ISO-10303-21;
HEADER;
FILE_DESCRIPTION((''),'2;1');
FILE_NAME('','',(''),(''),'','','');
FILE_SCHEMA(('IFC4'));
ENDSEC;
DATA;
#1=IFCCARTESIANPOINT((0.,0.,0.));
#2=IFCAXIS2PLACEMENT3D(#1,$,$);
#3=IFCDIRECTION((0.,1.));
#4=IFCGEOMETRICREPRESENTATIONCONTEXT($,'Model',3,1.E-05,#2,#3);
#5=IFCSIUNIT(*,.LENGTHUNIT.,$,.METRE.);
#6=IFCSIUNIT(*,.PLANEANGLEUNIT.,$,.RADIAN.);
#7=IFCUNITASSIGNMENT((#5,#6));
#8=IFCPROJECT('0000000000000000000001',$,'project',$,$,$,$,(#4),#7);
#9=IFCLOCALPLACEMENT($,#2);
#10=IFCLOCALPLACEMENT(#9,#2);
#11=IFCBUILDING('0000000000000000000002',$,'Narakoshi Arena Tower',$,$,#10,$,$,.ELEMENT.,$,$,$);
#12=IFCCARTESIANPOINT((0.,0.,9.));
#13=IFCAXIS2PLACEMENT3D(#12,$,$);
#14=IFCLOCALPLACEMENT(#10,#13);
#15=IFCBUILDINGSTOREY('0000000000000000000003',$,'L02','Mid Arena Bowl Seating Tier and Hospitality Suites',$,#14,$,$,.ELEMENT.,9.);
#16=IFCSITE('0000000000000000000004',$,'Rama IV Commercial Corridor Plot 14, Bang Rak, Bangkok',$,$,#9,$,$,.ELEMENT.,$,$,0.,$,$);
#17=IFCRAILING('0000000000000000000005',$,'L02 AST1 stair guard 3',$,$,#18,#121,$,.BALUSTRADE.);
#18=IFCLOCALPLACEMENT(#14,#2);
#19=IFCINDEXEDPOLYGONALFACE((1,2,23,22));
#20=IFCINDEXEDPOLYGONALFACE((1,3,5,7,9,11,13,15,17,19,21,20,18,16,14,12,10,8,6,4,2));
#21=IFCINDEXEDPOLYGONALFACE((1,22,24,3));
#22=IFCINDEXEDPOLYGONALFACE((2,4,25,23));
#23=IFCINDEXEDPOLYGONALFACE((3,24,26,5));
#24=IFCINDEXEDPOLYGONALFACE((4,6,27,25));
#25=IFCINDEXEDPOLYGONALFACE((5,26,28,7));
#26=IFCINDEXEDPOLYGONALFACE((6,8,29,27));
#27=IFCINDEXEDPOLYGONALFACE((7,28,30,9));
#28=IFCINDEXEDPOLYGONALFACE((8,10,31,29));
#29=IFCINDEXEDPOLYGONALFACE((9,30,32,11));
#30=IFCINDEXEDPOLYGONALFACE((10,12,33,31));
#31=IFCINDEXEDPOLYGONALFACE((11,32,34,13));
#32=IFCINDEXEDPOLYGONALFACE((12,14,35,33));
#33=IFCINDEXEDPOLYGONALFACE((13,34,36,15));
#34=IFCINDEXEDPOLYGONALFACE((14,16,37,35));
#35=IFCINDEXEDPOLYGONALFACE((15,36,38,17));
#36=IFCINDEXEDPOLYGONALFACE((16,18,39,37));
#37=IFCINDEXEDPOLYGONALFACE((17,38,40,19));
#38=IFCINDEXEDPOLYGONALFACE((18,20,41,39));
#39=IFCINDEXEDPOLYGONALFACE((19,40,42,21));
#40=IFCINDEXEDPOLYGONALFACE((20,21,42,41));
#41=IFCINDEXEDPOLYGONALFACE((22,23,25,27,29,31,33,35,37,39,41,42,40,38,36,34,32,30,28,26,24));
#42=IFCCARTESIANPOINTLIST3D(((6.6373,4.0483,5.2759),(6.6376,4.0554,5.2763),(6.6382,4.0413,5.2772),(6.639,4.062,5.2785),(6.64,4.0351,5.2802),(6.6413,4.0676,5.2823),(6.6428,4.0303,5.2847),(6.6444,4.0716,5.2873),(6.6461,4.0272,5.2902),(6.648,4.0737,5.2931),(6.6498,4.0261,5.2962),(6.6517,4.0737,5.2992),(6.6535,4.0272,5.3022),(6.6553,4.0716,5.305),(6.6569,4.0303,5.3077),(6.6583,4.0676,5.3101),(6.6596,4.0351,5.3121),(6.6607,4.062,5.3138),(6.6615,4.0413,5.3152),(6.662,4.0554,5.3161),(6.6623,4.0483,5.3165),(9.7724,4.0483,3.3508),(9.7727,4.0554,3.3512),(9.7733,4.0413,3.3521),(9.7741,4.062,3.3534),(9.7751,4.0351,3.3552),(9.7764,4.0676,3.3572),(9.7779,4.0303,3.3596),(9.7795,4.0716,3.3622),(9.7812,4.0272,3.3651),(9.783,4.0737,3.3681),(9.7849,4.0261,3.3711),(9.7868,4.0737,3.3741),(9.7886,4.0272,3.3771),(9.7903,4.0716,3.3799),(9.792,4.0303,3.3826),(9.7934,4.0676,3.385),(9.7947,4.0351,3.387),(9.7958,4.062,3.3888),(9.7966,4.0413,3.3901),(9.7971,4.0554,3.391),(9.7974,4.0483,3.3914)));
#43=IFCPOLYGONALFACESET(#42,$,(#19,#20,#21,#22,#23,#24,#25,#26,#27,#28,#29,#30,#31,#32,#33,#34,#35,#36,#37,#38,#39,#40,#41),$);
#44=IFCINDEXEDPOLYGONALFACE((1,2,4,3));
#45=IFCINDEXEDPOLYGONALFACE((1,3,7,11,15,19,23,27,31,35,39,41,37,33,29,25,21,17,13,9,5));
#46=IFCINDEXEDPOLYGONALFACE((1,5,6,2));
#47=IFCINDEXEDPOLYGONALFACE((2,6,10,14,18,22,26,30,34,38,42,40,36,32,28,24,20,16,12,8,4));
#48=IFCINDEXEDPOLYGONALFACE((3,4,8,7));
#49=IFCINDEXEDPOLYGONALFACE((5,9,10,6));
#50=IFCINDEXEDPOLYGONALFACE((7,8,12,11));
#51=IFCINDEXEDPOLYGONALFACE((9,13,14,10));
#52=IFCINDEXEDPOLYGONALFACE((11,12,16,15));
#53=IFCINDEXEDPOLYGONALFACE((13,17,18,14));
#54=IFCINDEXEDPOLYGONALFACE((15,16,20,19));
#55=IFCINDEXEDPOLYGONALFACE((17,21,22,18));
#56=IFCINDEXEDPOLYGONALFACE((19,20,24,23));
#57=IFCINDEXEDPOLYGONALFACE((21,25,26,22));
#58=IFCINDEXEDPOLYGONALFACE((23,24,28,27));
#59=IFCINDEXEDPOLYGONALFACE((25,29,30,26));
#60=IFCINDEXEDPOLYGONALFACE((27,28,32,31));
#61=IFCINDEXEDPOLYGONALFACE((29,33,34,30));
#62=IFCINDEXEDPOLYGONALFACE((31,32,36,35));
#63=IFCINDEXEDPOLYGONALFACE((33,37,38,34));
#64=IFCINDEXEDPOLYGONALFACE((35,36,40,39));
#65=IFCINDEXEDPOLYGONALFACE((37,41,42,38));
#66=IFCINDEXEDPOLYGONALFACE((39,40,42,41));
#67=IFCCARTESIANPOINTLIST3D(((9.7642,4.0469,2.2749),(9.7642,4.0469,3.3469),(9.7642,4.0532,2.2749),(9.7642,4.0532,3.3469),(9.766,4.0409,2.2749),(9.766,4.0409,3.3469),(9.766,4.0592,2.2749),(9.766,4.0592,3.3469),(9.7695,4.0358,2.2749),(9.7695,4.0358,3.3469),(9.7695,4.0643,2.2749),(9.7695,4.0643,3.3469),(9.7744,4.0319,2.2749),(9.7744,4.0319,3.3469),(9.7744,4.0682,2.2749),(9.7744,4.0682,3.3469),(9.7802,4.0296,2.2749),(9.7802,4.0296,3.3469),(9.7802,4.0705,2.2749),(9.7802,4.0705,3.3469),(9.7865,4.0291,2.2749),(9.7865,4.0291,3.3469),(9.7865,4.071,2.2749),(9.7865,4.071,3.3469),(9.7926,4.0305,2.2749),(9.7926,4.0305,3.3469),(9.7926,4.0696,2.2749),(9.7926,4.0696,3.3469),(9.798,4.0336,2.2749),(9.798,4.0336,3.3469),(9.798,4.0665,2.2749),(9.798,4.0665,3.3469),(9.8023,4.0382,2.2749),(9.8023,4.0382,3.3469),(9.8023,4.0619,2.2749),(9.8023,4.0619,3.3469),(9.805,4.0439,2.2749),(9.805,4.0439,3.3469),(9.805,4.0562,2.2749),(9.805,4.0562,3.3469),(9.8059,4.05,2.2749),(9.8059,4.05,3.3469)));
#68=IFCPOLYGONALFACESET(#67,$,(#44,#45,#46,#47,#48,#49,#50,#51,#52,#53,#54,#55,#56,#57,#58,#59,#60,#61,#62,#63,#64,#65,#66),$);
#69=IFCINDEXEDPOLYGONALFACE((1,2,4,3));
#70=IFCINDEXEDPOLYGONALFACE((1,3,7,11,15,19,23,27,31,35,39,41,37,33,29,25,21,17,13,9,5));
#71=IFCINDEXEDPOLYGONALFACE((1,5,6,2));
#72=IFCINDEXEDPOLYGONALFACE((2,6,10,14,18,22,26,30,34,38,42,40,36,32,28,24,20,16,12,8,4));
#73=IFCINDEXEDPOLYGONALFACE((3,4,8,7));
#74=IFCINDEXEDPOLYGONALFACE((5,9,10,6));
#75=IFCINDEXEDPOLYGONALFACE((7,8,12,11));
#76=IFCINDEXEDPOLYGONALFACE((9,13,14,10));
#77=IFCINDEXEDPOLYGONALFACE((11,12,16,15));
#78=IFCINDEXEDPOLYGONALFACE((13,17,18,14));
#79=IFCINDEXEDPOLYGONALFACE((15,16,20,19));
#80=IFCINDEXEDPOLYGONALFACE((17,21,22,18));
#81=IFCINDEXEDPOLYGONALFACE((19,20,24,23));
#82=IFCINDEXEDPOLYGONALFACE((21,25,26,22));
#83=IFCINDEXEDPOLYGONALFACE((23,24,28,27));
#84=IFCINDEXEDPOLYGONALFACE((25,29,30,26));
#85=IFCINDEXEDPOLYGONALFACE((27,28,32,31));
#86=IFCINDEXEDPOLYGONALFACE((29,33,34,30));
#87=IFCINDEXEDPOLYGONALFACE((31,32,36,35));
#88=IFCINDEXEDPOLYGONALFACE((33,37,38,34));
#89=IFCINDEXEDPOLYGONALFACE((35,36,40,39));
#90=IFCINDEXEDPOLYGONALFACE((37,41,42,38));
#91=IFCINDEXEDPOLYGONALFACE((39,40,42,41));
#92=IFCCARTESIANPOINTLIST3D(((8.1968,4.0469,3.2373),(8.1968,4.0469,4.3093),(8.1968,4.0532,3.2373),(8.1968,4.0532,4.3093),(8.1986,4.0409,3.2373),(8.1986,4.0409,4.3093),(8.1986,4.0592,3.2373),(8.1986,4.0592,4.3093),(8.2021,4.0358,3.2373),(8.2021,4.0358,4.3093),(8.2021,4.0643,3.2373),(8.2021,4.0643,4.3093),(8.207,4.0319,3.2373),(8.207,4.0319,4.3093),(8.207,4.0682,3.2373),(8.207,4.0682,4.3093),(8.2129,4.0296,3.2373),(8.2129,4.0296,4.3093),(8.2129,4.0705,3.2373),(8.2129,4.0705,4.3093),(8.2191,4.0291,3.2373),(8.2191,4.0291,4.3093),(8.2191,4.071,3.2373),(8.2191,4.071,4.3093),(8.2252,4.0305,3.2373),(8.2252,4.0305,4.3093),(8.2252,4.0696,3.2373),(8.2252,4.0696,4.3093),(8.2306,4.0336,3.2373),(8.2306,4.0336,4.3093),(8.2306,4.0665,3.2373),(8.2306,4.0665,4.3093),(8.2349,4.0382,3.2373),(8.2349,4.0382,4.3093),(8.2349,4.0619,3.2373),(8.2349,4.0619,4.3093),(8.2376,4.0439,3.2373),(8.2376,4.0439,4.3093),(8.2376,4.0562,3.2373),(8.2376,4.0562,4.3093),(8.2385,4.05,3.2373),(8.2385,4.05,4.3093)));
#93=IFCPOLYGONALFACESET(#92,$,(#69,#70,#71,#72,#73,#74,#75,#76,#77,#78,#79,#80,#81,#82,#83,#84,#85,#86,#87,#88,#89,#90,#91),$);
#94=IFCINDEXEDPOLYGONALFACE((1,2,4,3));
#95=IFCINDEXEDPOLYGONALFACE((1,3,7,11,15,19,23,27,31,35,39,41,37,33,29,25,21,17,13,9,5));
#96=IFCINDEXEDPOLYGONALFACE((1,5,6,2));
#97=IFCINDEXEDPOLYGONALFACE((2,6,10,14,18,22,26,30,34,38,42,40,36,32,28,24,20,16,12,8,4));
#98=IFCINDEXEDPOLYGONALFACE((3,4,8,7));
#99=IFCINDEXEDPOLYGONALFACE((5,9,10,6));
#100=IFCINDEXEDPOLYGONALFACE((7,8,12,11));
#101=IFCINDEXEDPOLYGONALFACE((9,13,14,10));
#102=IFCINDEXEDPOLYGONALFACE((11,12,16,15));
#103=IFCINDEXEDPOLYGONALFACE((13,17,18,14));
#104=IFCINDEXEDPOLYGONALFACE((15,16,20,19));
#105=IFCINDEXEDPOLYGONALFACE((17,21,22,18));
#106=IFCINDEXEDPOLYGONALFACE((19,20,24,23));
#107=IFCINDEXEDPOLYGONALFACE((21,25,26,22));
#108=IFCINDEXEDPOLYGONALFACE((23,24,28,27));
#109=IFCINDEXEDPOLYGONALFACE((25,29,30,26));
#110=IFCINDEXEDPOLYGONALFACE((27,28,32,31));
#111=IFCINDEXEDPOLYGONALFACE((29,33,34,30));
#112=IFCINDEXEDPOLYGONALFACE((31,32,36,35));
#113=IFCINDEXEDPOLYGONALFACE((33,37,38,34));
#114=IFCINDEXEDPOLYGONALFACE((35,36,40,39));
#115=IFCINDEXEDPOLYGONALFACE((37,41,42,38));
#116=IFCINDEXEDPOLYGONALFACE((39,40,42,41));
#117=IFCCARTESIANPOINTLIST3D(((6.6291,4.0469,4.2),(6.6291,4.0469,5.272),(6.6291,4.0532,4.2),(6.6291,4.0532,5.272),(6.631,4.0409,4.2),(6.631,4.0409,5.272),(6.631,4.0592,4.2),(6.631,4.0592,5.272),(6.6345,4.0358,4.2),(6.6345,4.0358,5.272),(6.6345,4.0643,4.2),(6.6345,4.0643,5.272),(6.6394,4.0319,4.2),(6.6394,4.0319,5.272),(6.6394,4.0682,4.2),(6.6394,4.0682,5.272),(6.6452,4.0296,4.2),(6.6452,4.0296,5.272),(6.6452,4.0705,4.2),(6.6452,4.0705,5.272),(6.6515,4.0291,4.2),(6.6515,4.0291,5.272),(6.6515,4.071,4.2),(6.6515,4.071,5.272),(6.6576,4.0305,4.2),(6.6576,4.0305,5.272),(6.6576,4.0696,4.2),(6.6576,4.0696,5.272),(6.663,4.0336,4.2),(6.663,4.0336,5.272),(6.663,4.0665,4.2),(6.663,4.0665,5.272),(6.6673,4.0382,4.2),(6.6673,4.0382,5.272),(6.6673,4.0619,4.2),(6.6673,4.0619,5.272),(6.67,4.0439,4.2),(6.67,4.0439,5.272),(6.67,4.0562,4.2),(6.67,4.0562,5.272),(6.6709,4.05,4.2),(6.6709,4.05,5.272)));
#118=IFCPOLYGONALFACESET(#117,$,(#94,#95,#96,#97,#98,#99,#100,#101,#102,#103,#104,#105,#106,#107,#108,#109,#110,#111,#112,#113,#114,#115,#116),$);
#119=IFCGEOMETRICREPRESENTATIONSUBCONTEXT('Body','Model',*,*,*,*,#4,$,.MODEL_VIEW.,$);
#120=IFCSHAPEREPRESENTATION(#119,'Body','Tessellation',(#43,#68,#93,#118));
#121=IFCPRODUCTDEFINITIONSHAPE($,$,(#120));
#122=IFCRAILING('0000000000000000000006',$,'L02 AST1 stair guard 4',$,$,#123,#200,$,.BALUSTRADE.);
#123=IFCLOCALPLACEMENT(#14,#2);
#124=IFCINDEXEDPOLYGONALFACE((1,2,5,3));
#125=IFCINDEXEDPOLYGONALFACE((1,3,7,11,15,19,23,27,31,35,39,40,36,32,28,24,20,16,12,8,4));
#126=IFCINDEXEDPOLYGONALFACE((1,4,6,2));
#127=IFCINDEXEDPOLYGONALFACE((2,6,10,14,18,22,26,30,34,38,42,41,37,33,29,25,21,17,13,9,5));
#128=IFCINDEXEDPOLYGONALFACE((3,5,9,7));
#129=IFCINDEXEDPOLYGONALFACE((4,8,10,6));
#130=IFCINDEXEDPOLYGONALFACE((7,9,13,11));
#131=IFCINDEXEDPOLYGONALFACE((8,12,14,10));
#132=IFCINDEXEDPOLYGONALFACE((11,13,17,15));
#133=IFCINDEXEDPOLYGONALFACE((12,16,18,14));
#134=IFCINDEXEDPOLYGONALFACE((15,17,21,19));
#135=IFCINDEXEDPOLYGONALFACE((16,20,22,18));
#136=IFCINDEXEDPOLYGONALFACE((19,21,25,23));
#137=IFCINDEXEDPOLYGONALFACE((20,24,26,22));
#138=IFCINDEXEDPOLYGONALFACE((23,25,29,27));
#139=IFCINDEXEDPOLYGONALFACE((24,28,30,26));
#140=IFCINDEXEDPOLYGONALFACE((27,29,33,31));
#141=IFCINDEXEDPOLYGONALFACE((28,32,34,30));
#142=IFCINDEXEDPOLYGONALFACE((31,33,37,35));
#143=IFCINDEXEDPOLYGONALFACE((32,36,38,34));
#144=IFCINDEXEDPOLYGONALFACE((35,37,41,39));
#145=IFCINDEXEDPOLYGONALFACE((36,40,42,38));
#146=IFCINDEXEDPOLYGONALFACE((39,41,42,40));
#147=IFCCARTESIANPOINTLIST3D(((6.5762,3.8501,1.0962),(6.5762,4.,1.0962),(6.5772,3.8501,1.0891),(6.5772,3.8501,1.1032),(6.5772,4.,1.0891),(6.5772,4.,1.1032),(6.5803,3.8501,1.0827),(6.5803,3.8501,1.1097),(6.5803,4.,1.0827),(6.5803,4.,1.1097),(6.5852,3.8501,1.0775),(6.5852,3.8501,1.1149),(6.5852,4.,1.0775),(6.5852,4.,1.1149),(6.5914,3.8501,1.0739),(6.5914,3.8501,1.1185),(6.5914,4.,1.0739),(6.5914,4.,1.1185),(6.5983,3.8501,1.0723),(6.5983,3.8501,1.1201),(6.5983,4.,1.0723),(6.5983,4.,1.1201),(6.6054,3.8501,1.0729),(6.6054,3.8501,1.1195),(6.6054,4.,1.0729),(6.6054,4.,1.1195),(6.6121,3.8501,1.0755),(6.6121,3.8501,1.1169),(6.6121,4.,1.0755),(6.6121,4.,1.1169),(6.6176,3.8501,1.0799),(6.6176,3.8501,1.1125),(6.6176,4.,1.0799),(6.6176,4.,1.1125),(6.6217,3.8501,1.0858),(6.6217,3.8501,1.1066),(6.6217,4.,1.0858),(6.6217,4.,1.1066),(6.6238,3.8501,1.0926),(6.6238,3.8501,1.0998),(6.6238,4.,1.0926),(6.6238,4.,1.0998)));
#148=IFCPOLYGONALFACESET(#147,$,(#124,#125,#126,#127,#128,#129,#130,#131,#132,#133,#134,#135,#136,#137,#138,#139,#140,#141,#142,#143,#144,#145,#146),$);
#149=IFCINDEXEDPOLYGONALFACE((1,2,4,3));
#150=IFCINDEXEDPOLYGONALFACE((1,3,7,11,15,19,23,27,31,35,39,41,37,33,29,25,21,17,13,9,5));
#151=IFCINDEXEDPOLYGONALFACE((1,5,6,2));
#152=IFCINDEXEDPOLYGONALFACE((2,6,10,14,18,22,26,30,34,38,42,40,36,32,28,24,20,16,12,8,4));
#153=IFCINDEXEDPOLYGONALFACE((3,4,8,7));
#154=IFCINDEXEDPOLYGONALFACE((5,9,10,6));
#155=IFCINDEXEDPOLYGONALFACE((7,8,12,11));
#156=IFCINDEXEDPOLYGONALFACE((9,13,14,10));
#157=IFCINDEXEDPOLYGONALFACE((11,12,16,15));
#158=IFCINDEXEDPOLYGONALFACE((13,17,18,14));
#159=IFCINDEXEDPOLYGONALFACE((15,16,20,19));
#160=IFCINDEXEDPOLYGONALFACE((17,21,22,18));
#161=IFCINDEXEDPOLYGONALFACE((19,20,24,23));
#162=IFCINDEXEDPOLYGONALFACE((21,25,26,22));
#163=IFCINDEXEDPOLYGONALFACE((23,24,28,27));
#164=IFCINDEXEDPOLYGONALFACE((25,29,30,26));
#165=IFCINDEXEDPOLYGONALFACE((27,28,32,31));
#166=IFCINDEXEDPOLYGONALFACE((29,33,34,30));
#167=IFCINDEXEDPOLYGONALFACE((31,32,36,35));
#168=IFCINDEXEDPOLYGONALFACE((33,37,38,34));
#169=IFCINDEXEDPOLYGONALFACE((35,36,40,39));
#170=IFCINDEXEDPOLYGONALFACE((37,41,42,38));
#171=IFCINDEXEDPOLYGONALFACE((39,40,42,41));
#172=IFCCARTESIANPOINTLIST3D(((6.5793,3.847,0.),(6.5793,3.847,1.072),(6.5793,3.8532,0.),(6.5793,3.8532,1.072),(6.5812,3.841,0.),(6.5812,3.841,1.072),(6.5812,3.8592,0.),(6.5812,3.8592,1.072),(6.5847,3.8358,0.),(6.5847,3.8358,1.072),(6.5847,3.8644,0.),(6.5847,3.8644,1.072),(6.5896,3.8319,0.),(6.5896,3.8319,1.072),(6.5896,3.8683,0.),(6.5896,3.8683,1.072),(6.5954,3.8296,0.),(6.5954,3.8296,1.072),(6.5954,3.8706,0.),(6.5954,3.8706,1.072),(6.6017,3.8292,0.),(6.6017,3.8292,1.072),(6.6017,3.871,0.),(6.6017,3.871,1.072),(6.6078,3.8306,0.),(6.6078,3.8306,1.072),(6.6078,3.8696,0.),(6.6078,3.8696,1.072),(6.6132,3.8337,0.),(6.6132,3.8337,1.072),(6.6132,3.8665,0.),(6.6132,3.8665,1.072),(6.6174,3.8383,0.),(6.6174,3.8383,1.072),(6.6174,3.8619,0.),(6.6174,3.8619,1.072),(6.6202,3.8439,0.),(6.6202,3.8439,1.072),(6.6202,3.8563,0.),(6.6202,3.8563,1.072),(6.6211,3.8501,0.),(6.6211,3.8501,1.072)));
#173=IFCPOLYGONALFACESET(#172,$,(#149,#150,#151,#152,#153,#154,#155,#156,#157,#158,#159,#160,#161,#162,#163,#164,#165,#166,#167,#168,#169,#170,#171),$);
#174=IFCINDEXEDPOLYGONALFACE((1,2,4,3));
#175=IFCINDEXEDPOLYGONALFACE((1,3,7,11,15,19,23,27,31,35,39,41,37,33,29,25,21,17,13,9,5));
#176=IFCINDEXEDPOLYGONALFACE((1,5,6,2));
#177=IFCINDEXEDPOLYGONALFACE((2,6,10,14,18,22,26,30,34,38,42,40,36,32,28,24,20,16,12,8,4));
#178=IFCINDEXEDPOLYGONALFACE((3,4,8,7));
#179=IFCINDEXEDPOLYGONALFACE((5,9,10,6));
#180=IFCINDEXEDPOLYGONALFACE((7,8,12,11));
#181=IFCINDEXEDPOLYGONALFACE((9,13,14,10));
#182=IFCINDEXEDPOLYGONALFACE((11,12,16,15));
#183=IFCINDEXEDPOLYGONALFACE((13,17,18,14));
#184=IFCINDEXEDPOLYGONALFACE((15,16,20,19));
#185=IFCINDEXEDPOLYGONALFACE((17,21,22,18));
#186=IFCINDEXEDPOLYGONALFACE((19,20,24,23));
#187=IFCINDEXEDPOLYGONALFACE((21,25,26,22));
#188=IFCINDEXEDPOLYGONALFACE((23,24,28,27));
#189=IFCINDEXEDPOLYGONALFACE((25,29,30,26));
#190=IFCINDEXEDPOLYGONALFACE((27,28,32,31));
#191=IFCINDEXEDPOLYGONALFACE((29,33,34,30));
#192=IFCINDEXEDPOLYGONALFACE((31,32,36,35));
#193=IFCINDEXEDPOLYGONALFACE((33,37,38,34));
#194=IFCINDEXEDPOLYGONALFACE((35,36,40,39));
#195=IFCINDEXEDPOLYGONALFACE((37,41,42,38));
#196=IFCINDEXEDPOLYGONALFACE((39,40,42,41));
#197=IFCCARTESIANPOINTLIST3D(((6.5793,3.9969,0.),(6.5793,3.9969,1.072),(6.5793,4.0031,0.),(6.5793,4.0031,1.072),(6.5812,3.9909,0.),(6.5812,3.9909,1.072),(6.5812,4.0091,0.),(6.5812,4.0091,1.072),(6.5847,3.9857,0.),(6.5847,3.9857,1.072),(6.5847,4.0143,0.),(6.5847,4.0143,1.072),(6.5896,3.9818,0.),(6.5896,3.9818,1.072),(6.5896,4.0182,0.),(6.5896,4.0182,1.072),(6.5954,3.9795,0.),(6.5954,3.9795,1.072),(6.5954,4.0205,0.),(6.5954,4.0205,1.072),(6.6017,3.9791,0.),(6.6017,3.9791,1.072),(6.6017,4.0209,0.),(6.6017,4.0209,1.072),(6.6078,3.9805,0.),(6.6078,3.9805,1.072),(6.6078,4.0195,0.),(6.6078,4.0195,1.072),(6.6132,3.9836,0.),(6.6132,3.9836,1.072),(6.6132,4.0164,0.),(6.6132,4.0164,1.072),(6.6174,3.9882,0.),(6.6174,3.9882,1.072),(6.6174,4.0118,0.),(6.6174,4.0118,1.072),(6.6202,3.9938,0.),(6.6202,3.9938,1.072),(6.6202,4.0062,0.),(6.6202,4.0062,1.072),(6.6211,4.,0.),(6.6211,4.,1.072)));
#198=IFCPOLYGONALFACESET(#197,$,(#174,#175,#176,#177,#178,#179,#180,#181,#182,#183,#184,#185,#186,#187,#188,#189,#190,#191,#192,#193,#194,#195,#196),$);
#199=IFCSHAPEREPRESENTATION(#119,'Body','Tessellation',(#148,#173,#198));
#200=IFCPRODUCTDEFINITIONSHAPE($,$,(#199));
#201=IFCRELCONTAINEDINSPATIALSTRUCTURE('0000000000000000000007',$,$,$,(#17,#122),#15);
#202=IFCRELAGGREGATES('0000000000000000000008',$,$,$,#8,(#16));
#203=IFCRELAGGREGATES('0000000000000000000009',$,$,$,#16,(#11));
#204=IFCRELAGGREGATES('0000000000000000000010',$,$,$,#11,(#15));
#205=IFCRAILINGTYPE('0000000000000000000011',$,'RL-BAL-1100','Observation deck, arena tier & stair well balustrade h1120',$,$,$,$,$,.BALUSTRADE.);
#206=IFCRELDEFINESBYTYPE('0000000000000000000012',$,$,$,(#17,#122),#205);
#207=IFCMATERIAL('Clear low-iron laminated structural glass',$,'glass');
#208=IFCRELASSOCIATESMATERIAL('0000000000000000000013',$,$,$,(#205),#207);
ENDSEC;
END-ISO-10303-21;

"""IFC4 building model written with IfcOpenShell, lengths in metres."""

from ifc_helpers import new_model, si_unit, direction, frame, origin, origin_2d, place, context, subcontext, project, spatial, circle, extrude, material, type_object, element, save


model = new_model("IFC4")

# Units and contexts
model_context = context("Model", 3, precision=1e-05, world=origin(), true_north=direction((0.0, 1.0)))
body_context = subcontext(model_context, "Body", "Model", "MODEL_VIEW")
ifc_project = project(units=[si_unit("LENGTHUNIT", "METRE"), si_unit("PLANEANGLEUNIT", "RADIAN")], contexts=[model_context])

# Site, building, storey
site_placement = place(None, origin())
site = spatial("IfcSite", under=ifc_project, at=site_placement, Name="Rama IV Commercial Corridor Plot 14, Bang Rak, Bangkok", CompositionType="ELEMENT", RefElevation=0.0)
building_placement = place(site_placement, origin())
building = spatial("IfcBuilding", under=site, at=building_placement, Name="Narakoshi Arena Tower", CompositionType="ELEMENT")
storey_placement = place(building_placement, frame((0.0, 0.0, 9.0)))
storey = spatial("IfcBuildingStorey", under=building, at=storey_placement, Name="L02", Description="Mid Arena Bowl Seating Tier and Hospitality Suites", CompositionType="ELEMENT", Elevation=9.0)

# Railings
ifc_material_1 = material(Name="Clear low-iron laminated structural glass", Category="glass")
railing_type_1 = type_object("IfcRailingType", Name="RL-BAL-1100", Description="Observation deck, arena tier & stair well balustrade h1120", PredefinedType="BALUSTRADE", material=ifc_material_1)
railing_1_placement = place(storey_placement, frame((9.7849, 4.05, 2.2749)))
element("IfcRailing", 1, at=railing_1_placement, inside=storey, type_object=railing_type_1, Name="L02 AST1 stair guard 3", PredefinedType="BALUSTRADE", context=body_context, shape_type="SweptSolid", body=[
    extrude(circle(Radius=0.0239, at=origin_2d()), frame((0.0, 0.0, 1.0962), z_axis=(-0.852166, 0.0, 0.523271), x_axis=(0.0, -1.0, 0.0)), (0.0, 0.0, 1.0), 3.679),
    extrude(circle(Radius=0.021, at=origin_2d()), origin(), (0.0, 0.0, 1.0), 1.072),
    extrude(circle(Radius=0.021, at=origin_2d()), frame((-1.5674, 0.0, 0.9624)), (0.0, 0.0, 1.0), 1.072),
    extrude(circle(Radius=0.021, at=origin_2d()), frame((-3.135, 0.0, 1.925)), (0.0, 0.0, 1.0), 1.072),
])
railing_2_placement = place(storey_placement, frame((6.6001, 3.8501, 0.0)))
element("IfcRailing", 2, at=railing_2_placement, inside=storey, type_object=railing_type_1, Name="L02 AST1 stair guard 4", PredefinedType="BALUSTRADE", context=body_context, shape_type="SweptSolid", body=[
    extrude(circle(Radius=0.0239, at=origin_2d()), frame((0.0, 0.0, 1.0962), z_axis=(0.0, 1.0, 0.0), x_axis=(-1.0, 0.0, 0.0)), (0.0, 0.0, 1.0), 0.1499),
    extrude(circle(Radius=0.021, at=origin_2d()), origin(), (0.0, 0.0, 1.0), 1.072),
    extrude(circle(Radius=0.021, at=origin_2d()), frame((0.0, 0.1499, 0.0)), (0.0, 0.0, 1.0), 1.072),
])

save(model, "model.ifc")
